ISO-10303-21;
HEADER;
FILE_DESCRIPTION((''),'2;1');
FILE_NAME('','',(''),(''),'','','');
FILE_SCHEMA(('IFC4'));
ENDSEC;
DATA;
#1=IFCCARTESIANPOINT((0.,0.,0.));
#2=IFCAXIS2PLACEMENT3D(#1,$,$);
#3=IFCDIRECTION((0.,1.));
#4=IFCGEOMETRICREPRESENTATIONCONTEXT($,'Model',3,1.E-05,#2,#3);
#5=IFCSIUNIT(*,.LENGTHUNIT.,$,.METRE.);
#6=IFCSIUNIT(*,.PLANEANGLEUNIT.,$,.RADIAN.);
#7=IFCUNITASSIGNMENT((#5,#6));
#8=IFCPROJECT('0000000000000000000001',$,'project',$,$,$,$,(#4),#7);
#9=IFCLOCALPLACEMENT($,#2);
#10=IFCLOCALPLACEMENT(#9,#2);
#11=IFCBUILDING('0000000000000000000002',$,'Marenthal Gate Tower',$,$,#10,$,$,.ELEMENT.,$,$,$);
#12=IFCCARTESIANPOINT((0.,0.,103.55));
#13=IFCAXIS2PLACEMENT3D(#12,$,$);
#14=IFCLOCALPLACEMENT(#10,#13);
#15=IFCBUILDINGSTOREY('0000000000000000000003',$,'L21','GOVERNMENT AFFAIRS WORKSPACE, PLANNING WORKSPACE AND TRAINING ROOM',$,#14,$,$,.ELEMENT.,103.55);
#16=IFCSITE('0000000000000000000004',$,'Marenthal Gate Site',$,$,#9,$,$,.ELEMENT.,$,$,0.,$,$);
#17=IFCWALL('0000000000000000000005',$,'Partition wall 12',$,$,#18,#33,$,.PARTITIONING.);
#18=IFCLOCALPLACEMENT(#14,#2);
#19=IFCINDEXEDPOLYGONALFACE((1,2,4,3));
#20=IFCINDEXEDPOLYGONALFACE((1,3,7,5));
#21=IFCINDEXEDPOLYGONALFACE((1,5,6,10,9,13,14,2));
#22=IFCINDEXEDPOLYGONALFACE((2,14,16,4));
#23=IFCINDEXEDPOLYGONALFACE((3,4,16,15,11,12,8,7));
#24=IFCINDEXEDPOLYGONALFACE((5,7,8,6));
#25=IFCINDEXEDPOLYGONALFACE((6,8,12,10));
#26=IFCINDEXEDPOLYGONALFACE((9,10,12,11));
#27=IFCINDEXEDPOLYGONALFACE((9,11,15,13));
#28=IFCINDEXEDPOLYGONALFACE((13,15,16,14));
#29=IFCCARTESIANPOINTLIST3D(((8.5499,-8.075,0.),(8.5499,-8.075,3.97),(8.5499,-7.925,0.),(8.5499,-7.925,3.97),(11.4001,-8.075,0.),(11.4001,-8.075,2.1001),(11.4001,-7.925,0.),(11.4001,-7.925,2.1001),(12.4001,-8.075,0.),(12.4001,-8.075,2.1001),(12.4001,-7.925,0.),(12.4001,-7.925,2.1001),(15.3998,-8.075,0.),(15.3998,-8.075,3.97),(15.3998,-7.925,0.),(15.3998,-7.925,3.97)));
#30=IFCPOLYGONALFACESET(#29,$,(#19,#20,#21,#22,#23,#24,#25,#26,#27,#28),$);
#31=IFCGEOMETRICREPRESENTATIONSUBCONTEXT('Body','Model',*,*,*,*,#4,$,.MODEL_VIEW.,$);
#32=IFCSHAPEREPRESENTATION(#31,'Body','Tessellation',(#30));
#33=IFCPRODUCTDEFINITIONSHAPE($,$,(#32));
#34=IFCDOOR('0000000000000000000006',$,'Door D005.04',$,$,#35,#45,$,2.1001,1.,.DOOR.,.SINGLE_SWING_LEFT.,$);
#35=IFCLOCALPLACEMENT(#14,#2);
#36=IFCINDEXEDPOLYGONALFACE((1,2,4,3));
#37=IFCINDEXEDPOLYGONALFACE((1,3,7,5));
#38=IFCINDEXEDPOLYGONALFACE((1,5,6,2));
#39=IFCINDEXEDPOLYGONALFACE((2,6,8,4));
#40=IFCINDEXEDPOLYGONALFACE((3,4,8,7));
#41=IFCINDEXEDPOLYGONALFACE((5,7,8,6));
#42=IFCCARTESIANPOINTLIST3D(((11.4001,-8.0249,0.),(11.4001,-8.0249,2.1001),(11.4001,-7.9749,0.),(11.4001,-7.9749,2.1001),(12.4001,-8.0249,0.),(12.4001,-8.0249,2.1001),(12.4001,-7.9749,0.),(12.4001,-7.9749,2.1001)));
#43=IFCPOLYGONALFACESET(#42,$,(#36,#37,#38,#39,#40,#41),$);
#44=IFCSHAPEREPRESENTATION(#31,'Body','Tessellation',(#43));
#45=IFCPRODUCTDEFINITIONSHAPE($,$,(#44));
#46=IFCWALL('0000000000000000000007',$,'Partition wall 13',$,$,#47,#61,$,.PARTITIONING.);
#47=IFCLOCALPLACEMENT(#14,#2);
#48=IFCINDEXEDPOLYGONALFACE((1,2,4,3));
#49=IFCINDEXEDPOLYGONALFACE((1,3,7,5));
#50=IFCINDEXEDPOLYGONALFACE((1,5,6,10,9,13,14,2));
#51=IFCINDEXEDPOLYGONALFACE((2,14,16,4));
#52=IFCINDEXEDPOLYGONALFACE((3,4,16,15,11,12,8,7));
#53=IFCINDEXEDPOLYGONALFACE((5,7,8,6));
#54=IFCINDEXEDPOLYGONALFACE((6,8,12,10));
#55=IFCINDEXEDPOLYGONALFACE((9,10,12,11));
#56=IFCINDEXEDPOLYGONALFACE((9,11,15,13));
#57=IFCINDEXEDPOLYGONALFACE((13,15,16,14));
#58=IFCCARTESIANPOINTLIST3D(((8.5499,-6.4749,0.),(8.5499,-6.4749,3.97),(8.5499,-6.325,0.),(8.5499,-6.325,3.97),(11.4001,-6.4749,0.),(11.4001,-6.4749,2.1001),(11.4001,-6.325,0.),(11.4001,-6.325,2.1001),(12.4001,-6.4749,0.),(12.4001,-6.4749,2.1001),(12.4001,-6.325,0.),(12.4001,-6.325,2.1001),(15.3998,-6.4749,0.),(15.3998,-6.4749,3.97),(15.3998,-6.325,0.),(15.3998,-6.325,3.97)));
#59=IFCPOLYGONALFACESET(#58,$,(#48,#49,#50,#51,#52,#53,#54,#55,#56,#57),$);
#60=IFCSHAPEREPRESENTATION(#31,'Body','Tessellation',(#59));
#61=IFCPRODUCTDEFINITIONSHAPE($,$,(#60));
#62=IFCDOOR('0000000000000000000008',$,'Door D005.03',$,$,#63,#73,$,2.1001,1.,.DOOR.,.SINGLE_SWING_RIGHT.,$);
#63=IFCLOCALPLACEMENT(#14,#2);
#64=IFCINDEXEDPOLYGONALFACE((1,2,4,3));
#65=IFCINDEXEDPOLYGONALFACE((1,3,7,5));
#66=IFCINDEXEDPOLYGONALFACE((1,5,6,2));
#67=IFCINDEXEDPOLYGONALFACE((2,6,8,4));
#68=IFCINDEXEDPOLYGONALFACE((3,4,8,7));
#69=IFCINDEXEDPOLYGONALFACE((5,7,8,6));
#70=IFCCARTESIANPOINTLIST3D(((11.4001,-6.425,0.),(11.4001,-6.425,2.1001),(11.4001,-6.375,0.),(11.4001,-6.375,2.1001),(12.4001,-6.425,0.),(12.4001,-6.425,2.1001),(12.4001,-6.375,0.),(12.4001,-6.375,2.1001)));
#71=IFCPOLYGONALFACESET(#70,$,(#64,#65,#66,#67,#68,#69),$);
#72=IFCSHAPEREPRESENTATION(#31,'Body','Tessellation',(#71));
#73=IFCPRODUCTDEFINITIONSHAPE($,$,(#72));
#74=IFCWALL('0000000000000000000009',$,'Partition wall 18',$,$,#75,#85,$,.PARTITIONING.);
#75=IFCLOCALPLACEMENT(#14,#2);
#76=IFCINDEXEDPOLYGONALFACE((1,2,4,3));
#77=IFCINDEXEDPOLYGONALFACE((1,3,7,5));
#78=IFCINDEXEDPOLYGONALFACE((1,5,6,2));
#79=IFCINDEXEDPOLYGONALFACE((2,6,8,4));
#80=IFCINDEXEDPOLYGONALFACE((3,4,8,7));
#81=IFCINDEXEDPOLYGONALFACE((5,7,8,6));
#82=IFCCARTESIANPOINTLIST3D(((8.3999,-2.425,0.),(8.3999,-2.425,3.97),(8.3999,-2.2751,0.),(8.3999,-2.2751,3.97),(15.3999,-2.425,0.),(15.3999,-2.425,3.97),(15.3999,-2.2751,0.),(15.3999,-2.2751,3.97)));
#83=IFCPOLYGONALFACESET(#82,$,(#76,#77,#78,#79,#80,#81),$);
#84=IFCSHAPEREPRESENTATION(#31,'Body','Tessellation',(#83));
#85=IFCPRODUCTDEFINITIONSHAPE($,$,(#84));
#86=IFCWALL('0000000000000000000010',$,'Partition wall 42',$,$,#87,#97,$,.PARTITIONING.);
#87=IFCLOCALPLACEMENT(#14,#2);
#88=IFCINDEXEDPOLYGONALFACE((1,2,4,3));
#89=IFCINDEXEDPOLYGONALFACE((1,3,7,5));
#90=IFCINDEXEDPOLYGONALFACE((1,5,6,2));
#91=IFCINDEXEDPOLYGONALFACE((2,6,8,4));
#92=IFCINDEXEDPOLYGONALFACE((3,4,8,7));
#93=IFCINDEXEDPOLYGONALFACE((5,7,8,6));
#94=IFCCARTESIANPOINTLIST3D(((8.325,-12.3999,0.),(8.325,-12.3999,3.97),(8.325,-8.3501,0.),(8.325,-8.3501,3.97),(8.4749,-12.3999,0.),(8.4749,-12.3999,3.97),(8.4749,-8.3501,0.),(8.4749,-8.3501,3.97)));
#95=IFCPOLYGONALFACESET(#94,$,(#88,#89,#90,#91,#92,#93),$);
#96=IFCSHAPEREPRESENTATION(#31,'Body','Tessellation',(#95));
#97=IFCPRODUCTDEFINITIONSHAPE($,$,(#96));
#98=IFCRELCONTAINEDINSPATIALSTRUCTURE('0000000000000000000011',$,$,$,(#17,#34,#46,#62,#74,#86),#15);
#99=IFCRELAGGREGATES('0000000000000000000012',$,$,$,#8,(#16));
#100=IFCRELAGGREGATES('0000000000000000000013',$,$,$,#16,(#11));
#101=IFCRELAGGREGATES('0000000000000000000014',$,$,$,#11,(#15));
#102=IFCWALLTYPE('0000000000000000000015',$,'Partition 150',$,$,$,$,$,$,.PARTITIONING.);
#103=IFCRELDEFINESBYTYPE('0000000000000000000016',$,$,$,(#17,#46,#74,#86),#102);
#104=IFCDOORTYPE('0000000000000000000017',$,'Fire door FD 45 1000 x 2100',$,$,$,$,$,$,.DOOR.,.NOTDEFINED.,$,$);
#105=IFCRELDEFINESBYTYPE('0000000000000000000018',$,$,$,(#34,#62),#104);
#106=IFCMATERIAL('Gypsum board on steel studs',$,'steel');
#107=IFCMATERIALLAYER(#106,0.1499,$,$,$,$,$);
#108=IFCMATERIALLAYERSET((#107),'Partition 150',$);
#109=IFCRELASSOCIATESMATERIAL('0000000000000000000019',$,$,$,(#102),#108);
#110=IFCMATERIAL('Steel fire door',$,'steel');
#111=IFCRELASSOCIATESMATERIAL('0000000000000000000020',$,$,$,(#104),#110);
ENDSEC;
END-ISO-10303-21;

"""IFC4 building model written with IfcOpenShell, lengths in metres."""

from ifc_helpers import new_model, si_unit, direction, frame, frame_2d, origin, place, context, subcontext, project, spatial, rectangle, extrude, material, layer, layer_set, type_object, element, fill, save


model = new_model("IFC4")

# Units and contexts
model_context = context("Model", 3, precision=1e-05, world=origin(), true_north=direction((0.0, 1.0)))
body_context = subcontext(model_context, "Body", "Model", "MODEL_VIEW")
ifc_project = project(units=[si_unit("LENGTHUNIT", "METRE"), si_unit("PLANEANGLEUNIT", "RADIAN")], contexts=[model_context])

# Site, building, storey
site_placement = place(None, origin())
site = spatial("IfcSite", under=ifc_project, at=site_placement, Name="Marenthal Gate Site", CompositionType="ELEMENT", RefElevation=0.0)
building_placement = place(site_placement, origin())
building = spatial("IfcBuilding", under=site, at=building_placement, Name="Marenthal Gate Tower", CompositionType="ELEMENT")
storey_placement = place(building_placement, frame((0.0, 0.0, 103.55)))
storey = spatial("IfcBuildingStorey", under=building, at=storey_placement, Name="L21", Description="GOVERNMENT AFFAIRS WORKSPACE, PLANNING WORKSPACE AND TRAINING ROOM", CompositionType="ELEMENT", Elevation=103.55)

# Walls, openings, doors
ifc_material_1 = material(Name="Gypsum board on steel studs", Category="steel")
ifc_layer_1 = layer(ifc_material_1, 0.1499)
ifc_layer_set_1 = layer_set([ifc_layer_1], Name="Partition 150")
wall_type_1 = type_object("IfcWallType", Name="Partition 150", PredefinedType="PARTITIONING", material=ifc_layer_set_1)
wall_1_placement = place(storey_placement, frame((8.55, -8.0, 0.0), z_axis=(0.0, 0.0, 1.0), x_axis=(1.0, 0.0, 0.0)))
wall_1 = element("IfcWall", 1, at=wall_1_placement, inside=storey, type_object=wall_type_1, Name="Partition wall 12", PredefinedType="PARTITIONING", context=body_context, shape_type="SweptSolid", body=[
    extrude(rectangle(XDim=6.8499, YDim=0.1499, at=frame_2d((3.4248, 0.0))), origin(), (0.0, 0.0, 1.0), 3.97),
])
opening_1_placement = place(wall_1_placement, frame((2.8501, 0.0, 0.0)))
opening_1 = element("IfcOpeningElement", 2, at=opening_1_placement, cuts=wall_1, PredefinedType="OPENING", context=body_context, shape_type="SweptSolid", body=[
    extrude(rectangle(XDim=1.0, YDim=2.1001, at=frame_2d((0.5, 1.05))), frame((0.0, 0.085, 0.0), z_axis=(0.0, -1.0, 0.0), x_axis=(1.0, 0.0, 0.0)), (0.0, 0.0, 1.0), 0.1699),
])
ifc_material_2 = material(Name="Steel fire door", Category="steel")
door_type_1 = type_object("IfcDoorType", Name="Fire door FD 45 1000 x 2100", OperationType="NOTDEFINED", PredefinedType="DOOR", material=ifc_material_2)
door_1_placement = place(opening_1_placement, frame((1.0, 0.0, 0.0), z_axis=(0.0, 0.0, 1.0), x_axis=(-1.0, 0.0, 0.0)))
door_1 = element("IfcDoor", 3, at=door_1_placement, inside=storey, type_object=door_type_1, Name="Door D005.04", OperationType="SINGLE_SWING_LEFT", OverallHeight=2.1001, OverallWidth=1.0, PredefinedType="DOOR", context=body_context, shape_type="SweptSolid", body=[
    extrude(rectangle(XDim=1.0, YDim=2.1001, at=frame_2d((0.5, 1.05))), frame((0.0, 0.0249, 0.0), z_axis=(0.0, -1.0, 0.0), x_axis=(1.0, 0.0, 0.0)), (0.0, 0.0, 1.0), 0.05),
])
fill(opening_1, door_1)
wall_2_placement = place(storey_placement, frame((8.55, -6.3999, 0.0), z_axis=(0.0, 0.0, 1.0), x_axis=(1.0, 0.0, 0.0)))
wall_2 = element("IfcWall", 4, at=wall_2_placement, inside=storey, type_object=wall_type_1, Name="Partition wall 13", PredefinedType="PARTITIONING", context=body_context, shape_type="SweptSolid", body=[
    extrude(rectangle(XDim=6.8499, YDim=0.1499, at=frame_2d((3.4248, 0.0))), origin(), (0.0, 0.0, 1.0), 3.97),
])
opening_2_placement = place(wall_2_placement, frame((2.8501, 0.0, 0.0)))
opening_2 = element("IfcOpeningElement", 5, at=opening_2_placement, cuts=wall_2, PredefinedType="OPENING", context=body_context, shape_type="SweptSolid", body=[
    extrude(rectangle(XDim=1.0, YDim=2.1001, at=frame_2d((0.5, 1.05))), frame((0.0, 0.085, 0.0), z_axis=(0.0, -1.0, 0.0), x_axis=(1.0, 0.0, 0.0)), (0.0, 0.0, 1.0), 0.1699),
])
door_2_placement = place(opening_2_placement, origin())
door_2 = element("IfcDoor", 6, at=door_2_placement, inside=storey, type_object=door_type_1, Name="Door D005.03", OperationType="SINGLE_SWING_RIGHT", OverallHeight=2.1001, OverallWidth=1.0, PredefinedType="DOOR", context=body_context, shape_type="SweptSolid", body=[
    extrude(rectangle(XDim=1.0, YDim=2.1001, at=frame_2d((0.5, 1.05))), frame((0.0, 0.0249, 0.0), z_axis=(0.0, -1.0, 0.0), x_axis=(1.0, 0.0, 0.0)), (0.0, 0.0, 1.0), 0.05),
])
fill(opening_2, door_2)

# Walls
wall_3_placement = place(storey_placement, frame((8.3999, -2.3501, 0.0), z_axis=(0.0, 0.0, 1.0), x_axis=(1.0, 0.0, 0.0)))
element("IfcWall", 7, at=wall_3_placement, inside=storey, type_object=wall_type_1, Name="Partition wall 18", PredefinedType="PARTITIONING", context=body_context, shape_type="SweptSolid", body=[
    extrude(rectangle(XDim=7.0, YDim=0.1499, at=frame_2d((3.5, 0.0))), origin(), (0.0, 0.0, 1.0), 3.97),
])
wall_4_placement = place(storey_placement, frame((8.3999, -12.3999, 0.0), z_axis=(0.0, 0.0, 1.0), x_axis=(0.0, 1.0, 0.0)))
element("IfcWall", 8, at=wall_4_placement, inside=storey, type_object=wall_type_1, Name="Partition wall 42", PredefinedType="PARTITIONING", context=body_context, shape_type="SweptSolid", body=[
    extrude(rectangle(XDim=4.0498, YDim=0.1499, at=frame_2d((2.0249, 0.0))), origin(), (0.0, 0.0, 1.0), 3.97),
])

save(model, "model.ifc")
